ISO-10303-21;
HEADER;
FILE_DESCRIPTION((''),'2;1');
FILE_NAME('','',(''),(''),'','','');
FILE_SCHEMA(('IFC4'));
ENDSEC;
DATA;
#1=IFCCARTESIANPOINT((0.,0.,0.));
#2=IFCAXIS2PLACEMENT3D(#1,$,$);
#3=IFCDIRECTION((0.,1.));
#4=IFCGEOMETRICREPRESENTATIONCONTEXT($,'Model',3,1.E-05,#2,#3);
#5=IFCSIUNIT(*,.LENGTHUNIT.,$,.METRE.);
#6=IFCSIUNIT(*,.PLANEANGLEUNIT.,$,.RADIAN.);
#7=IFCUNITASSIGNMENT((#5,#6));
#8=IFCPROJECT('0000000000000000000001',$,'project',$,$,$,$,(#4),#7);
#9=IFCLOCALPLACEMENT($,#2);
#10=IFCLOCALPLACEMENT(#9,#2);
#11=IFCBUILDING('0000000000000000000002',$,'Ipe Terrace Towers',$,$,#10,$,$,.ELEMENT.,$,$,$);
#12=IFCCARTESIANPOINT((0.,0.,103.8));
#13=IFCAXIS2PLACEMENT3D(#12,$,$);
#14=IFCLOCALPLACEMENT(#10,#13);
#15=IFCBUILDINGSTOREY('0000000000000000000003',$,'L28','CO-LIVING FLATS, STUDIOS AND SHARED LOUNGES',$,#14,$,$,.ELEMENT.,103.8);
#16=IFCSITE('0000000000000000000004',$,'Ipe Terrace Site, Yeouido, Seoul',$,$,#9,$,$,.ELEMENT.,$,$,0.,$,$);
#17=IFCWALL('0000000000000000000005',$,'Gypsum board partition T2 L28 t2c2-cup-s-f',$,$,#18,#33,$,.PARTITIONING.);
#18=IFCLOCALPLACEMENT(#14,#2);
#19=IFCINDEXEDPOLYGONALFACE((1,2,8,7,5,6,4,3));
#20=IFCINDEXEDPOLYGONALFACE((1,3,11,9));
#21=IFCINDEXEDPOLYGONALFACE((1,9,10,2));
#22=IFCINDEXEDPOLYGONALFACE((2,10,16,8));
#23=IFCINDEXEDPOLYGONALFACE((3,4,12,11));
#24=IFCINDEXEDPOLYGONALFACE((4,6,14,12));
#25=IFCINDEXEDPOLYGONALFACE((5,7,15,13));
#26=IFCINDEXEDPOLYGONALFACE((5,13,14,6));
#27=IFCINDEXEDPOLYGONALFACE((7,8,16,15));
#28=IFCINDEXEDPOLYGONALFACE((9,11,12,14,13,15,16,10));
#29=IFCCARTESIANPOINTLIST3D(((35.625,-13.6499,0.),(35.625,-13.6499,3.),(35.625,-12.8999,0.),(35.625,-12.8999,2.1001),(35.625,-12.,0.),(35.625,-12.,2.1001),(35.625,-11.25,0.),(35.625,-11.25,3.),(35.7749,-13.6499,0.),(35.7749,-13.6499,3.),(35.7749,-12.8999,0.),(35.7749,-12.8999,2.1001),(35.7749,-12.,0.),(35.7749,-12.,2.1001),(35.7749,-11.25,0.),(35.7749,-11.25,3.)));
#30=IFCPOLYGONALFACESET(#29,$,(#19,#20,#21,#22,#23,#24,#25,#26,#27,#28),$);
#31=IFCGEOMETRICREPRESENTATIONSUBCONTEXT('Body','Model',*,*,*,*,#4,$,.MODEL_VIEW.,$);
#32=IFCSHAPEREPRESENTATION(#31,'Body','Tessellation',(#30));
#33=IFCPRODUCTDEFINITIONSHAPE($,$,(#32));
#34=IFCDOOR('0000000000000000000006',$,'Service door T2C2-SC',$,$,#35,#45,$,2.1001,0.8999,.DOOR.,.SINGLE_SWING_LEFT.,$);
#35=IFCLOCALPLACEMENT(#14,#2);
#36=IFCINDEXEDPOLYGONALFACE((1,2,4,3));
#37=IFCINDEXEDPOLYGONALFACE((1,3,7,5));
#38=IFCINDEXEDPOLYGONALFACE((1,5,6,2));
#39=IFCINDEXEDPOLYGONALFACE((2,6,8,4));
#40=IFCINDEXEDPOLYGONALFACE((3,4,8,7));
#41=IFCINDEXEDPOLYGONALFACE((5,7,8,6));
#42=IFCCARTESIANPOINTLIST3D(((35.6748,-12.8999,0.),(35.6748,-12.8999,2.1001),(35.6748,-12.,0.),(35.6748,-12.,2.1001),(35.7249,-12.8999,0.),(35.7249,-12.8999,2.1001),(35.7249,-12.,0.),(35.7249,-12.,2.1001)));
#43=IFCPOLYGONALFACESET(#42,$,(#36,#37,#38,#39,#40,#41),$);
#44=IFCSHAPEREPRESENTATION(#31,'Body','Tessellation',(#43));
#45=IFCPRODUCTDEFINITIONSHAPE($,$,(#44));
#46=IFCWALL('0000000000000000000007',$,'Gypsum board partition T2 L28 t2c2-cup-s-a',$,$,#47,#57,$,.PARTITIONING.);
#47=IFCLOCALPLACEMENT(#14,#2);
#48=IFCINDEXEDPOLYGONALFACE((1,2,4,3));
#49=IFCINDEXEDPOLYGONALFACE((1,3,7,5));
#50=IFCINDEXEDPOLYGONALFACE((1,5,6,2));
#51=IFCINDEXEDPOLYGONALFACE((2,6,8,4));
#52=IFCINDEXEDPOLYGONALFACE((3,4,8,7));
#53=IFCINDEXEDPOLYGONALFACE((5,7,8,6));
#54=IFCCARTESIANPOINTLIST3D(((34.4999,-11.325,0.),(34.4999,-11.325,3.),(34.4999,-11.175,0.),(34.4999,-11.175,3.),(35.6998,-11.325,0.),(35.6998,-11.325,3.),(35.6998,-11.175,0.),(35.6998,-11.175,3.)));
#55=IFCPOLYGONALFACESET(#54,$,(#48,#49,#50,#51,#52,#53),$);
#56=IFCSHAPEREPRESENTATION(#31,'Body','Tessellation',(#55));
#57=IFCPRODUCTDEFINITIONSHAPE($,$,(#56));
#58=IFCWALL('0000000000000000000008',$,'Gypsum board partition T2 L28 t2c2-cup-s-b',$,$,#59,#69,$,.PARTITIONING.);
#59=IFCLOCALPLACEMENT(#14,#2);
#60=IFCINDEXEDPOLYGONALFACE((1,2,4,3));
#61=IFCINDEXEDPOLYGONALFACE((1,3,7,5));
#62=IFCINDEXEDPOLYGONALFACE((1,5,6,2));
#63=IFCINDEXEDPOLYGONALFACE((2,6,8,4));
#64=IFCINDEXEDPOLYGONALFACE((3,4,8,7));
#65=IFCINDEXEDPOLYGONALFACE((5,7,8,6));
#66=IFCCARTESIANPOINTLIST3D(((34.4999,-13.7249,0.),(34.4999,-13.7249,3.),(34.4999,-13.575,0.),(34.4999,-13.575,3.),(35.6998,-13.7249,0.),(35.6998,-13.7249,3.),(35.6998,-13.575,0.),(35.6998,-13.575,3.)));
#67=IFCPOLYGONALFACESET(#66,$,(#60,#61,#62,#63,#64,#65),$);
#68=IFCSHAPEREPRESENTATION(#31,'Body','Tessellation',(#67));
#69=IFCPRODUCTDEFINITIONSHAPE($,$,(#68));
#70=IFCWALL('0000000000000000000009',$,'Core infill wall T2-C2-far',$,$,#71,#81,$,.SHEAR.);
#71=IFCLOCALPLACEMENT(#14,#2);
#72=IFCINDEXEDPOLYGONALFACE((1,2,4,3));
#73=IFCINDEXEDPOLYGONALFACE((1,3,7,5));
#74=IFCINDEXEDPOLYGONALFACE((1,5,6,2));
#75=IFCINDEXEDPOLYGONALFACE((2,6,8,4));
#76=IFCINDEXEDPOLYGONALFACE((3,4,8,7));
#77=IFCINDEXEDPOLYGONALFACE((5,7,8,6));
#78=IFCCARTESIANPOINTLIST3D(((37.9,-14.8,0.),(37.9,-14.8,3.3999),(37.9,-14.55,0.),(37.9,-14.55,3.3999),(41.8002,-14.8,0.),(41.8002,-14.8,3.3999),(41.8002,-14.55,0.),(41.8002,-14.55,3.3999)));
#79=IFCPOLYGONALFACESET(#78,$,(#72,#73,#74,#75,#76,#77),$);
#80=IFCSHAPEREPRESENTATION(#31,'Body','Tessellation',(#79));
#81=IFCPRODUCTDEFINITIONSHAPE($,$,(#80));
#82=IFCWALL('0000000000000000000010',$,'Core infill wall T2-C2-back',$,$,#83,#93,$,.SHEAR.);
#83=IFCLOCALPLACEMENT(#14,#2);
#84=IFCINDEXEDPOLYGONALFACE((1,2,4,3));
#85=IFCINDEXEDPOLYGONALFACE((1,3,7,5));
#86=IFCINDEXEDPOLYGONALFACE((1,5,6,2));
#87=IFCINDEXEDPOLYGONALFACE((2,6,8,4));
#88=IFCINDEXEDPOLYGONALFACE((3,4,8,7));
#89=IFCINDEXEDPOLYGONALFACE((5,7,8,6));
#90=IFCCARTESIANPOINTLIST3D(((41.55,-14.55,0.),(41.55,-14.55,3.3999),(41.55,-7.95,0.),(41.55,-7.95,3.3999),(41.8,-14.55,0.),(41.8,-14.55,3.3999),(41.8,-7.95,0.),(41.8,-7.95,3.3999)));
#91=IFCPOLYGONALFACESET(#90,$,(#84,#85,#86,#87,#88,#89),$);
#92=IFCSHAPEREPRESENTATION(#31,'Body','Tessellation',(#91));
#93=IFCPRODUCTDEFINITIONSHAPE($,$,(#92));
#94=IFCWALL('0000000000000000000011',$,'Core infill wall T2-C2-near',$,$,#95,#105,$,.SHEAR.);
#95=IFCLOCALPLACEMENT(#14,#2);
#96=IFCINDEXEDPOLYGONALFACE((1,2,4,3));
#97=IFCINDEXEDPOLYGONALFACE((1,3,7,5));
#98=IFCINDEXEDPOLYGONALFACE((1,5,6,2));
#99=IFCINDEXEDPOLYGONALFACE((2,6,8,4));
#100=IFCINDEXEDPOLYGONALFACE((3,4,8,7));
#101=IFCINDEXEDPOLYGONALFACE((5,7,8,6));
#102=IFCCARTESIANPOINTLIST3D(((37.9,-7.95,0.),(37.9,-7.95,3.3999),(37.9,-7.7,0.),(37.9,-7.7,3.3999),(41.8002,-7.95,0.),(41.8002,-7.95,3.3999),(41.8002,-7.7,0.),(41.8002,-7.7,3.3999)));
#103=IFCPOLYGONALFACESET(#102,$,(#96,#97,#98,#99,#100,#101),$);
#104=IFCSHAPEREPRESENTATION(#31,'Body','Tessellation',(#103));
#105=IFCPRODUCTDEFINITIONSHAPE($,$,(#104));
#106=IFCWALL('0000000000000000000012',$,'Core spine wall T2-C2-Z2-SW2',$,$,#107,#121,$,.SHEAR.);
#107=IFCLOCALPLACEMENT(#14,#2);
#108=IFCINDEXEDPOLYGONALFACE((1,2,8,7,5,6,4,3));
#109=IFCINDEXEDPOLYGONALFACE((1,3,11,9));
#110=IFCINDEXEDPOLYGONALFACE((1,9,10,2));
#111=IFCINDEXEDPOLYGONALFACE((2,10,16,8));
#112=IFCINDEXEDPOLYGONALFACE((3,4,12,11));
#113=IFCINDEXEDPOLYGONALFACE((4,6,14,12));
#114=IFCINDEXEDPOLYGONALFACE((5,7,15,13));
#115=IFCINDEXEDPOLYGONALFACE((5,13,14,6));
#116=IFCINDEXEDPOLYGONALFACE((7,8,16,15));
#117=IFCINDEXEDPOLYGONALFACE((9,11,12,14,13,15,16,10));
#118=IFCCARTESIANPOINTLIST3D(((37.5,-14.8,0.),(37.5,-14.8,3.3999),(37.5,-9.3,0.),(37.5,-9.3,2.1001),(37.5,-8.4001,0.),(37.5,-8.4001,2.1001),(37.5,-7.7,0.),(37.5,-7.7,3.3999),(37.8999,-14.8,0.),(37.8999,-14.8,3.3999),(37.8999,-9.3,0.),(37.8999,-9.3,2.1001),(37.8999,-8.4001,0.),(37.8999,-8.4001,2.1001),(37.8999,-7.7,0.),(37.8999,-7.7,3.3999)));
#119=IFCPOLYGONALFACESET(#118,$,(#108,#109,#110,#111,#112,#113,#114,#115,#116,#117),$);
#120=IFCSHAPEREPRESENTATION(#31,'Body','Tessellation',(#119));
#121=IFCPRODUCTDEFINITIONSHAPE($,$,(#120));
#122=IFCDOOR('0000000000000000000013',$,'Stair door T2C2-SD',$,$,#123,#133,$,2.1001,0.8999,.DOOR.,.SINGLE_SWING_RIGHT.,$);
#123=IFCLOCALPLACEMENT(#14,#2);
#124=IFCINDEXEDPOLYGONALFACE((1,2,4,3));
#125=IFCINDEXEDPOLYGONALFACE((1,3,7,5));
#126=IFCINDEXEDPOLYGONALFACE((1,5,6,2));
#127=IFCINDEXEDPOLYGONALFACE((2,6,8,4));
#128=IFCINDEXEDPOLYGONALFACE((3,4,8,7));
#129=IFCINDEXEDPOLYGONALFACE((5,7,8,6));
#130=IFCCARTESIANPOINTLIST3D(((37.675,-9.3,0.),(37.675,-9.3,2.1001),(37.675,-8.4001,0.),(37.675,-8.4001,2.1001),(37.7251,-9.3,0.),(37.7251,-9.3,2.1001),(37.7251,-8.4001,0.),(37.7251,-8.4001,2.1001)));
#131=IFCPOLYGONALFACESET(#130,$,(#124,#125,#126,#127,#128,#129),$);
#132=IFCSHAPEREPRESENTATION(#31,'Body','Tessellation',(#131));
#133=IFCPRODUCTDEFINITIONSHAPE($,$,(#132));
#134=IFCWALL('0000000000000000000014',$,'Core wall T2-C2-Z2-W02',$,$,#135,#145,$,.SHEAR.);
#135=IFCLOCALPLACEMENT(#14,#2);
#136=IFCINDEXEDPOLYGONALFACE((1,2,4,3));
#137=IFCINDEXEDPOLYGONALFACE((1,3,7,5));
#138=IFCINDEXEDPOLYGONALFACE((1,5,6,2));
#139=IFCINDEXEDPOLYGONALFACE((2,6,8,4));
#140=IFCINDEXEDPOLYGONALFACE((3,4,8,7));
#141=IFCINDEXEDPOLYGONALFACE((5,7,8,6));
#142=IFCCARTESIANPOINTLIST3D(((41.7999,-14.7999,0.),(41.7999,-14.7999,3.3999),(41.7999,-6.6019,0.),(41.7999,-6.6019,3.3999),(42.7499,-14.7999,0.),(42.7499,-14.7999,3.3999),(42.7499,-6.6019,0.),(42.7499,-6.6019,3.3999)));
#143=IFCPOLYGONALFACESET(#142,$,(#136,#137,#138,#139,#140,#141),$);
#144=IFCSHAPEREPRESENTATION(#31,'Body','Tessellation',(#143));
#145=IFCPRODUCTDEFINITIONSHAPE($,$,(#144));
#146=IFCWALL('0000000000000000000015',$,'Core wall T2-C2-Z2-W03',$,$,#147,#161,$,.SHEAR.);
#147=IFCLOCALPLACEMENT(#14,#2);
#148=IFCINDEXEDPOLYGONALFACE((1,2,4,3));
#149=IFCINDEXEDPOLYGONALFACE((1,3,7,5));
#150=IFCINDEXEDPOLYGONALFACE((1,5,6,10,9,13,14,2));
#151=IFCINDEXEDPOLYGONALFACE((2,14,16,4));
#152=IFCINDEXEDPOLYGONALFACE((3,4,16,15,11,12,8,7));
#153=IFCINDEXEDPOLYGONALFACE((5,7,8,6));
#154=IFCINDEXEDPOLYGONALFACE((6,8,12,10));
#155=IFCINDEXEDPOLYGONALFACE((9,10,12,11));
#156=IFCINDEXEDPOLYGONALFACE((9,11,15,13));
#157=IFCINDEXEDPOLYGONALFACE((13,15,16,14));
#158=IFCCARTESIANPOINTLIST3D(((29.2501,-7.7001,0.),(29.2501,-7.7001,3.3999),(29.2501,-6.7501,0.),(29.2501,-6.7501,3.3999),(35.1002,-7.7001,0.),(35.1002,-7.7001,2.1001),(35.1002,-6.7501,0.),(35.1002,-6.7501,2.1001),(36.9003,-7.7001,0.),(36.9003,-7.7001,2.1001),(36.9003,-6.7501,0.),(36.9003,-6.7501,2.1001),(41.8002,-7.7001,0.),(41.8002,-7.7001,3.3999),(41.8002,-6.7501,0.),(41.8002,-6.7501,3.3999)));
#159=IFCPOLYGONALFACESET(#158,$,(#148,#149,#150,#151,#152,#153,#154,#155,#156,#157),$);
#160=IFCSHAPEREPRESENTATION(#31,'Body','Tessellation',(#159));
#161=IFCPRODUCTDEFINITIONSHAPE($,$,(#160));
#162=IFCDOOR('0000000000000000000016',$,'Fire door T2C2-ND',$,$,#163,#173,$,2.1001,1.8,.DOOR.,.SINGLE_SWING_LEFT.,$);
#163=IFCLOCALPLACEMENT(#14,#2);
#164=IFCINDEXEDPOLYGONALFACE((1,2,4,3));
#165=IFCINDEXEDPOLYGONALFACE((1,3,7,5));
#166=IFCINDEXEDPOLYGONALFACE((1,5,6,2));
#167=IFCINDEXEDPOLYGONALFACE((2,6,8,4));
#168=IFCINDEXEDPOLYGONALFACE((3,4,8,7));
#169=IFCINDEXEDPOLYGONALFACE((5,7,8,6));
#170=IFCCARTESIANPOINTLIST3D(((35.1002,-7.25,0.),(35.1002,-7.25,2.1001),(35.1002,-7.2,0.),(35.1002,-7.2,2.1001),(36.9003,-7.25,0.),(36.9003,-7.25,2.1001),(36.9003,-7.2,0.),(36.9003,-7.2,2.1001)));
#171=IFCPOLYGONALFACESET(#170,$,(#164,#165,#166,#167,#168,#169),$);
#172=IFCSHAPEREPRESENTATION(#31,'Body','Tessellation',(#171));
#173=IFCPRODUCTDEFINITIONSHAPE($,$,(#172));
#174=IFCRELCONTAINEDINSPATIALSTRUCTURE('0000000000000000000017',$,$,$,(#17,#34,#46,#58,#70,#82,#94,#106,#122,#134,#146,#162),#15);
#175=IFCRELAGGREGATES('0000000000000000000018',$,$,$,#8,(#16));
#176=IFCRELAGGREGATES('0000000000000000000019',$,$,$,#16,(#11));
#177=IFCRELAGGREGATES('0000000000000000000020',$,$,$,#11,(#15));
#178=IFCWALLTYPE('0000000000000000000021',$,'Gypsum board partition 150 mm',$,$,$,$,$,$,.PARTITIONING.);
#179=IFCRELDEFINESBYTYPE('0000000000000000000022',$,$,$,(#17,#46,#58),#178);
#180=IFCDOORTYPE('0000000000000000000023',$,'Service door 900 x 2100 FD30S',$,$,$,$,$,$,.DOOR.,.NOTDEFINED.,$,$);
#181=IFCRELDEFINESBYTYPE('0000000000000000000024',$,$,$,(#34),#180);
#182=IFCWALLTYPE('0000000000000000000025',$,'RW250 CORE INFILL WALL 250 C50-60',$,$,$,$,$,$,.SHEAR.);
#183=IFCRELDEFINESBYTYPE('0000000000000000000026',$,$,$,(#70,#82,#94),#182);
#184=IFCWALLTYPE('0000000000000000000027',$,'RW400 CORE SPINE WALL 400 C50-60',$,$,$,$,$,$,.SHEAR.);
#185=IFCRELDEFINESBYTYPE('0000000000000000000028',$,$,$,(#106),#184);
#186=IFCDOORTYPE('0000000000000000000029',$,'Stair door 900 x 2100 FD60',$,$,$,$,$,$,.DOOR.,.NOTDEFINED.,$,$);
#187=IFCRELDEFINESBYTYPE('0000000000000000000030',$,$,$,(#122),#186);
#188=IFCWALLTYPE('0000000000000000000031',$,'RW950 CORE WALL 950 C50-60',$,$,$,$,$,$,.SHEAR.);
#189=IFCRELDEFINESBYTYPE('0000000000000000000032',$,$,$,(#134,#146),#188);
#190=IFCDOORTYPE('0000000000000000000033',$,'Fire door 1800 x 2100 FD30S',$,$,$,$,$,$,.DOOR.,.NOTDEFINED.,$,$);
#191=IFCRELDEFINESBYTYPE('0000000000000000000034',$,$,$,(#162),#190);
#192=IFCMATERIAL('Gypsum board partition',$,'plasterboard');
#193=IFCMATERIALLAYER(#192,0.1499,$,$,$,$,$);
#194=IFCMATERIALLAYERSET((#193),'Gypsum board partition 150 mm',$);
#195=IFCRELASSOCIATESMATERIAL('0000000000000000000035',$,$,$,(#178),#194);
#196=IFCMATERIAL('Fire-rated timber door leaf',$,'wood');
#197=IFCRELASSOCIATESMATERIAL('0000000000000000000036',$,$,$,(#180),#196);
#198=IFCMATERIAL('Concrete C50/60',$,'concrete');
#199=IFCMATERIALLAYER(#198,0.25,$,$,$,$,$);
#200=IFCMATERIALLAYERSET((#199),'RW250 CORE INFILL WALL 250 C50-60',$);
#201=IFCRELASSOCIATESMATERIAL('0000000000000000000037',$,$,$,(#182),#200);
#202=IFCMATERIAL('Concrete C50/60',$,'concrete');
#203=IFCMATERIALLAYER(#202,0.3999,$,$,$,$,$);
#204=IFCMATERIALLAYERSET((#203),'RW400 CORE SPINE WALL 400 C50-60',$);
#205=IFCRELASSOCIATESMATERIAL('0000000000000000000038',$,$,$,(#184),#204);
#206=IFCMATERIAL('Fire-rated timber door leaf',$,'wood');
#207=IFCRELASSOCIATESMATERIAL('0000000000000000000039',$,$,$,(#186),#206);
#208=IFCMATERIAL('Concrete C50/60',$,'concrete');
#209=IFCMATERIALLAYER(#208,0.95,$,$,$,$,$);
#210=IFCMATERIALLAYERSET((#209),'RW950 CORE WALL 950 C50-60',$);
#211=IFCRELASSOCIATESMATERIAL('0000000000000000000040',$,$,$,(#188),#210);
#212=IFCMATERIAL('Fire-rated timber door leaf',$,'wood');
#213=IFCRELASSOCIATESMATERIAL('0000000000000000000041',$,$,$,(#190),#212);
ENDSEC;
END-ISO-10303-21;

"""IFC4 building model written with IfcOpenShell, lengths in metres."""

from ifc_helpers import new_model, si_unit, direction, frame, frame_2d, origin, place, context, subcontext, project, spatial, rectangle, extrude, material, layer, layer_set, type_object, element, fill, save


model = new_model("IFC4")

# Units and contexts
model_context = context("Model", 3, precision=1e-05, world=origin(), true_north=direction((0.0, 1.0)))
body_context = subcontext(model_context, "Body", "Model", "MODEL_VIEW")
ifc_project = project(units=[si_unit("LENGTHUNIT", "METRE"), si_unit("PLANEANGLEUNIT", "RADIAN")], contexts=[model_context])

# Site, building, storey
site_placement = place(None, origin())
site = spatial("IfcSite", under=ifc_project, at=site_placement, Name="Ipe Terrace Site, Yeouido, Seoul", CompositionType="ELEMENT", RefElevation=0.0)
building_placement = place(site_placement, origin())
building = spatial("IfcBuilding", under=site, at=building_placement, Name="Ipe Terrace Towers", CompositionType="ELEMENT")
storey_placement = place(building_placement, frame((0.0, 0.0, 103.8)))
storey = spatial("IfcBuildingStorey", under=building, at=storey_placement, Name="L28", Description="CO-LIVING FLATS, STUDIOS AND SHARED LOUNGES", CompositionType="ELEMENT", Elevation=103.8)

# Wall, opening, door
ifc_material_1 = material(Name="Gypsum board partition", Category="plasterboard")
ifc_layer_1 = layer(ifc_material_1, 0.1499)
ifc_layer_set_1 = layer_set([ifc_layer_1], Name="Gypsum board partition 150 mm")
wall_type_1 = type_object("IfcWallType", Name="Gypsum board partition 150 mm", PredefinedType="PARTITIONING", material=ifc_layer_set_1)
wall_1_placement = place(storey_placement, frame((35.7, -11.25, 0.0), z_axis=(0.0, 0.0, 1.0), x_axis=(0.0, -1.0, 0.0)))
wall_1 = element("IfcWall", 1, at=wall_1_placement, inside=storey, type_object=wall_type_1, Name="Gypsum board partition T2 L28 t2c2-cup-s-f", PredefinedType="PARTITIONING", context=body_context, shape_type="SweptSolid", body=[
    extrude(rectangle(XDim=2.3999, YDim=0.1499, at=frame_2d((1.2, 0.0))), origin(), (0.0, 0.0, 1.0), 3.0),
])
opening_1_placement = place(wall_1_placement, frame((0.75, 0.0, 0.0)))
opening_1 = element("IfcOpeningElement", 2, at=opening_1_placement, cuts=wall_1, PredefinedType="OPENING", context=body_context, shape_type="SweptSolid", body=[
    extrude(rectangle(XDim=0.8999, YDim=2.1001, at=frame_2d((0.45, 1.05))), frame((0.0, 0.085, 0.0), z_axis=(0.0, -1.0, 0.0), x_axis=(1.0, 0.0, 0.0)), (0.0, 0.0, 1.0), 0.1699),
])
ifc_material_2 = material(Name="Fire-rated timber door leaf", Category="wood")
door_type_1 = type_object("IfcDoorType", Name="Service door 900 x 2100 FD30S", OperationType="NOTDEFINED", PredefinedType="DOOR", material=ifc_material_2)
door_1_placement = place(opening_1_placement, origin())
door_1 = element("IfcDoor", 3, at=door_1_placement, inside=storey, type_object=door_type_1, Name="Service door T2C2-SC", OperationType="SINGLE_SWING_LEFT", OverallHeight=2.1001, OverallWidth=0.8999, PredefinedType="DOOR", context=body_context, shape_type="SweptSolid", body=[
    extrude(rectangle(XDim=0.8999, YDim=2.1001, at=frame_2d((0.45, 1.05))), frame((0.0, 0.0249, 0.0), z_axis=(0.0, -1.0, 0.0), x_axis=(1.0, 0.0, 0.0)), (0.0, 0.0, 1.0), 0.05),
])
fill(opening_1, door_1)

# Walls
for number, where, z_axis, x_axis, name in (
    (4, (35.7, -11.25, 0.0), (0.0, 0.0, 1.0), (-1.0, 0.0, 0.0), "Gypsum board partition T2 L28 t2c2-cup-s-a"),
    (5, (35.7, -13.6499, 0.0), (0.0, 0.0, 1.0), (-1.0, 0.0, 0.0), "Gypsum board partition T2 L28 t2c2-cup-s-b"),
):
    element("IfcWall", number, at=place(storey_placement, frame(where, z_axis=z_axis, x_axis=x_axis)), inside=storey, type_object=wall_type_1, Name=name, PredefinedType="PARTITIONING", context=body_context, shape_type="SweptSolid", body=[
        extrude(rectangle(XDim=1.2, YDim=0.1499, at=frame_2d((0.6001, 0.0))), origin(), (0.0, 0.0, 1.0), 3.0),
    ])
ifc_material_3 = material(Name="Concrete C50/60", Category="concrete")
ifc_layer_2 = layer(ifc_material_3, 0.25)
ifc_layer_set_2 = layer_set([ifc_layer_2], Name="RW250 CORE INFILL WALL 250 C50-60")
wall_type_2 = type_object("IfcWallType", Name="RW250 CORE INFILL WALL 250 C50-60", PredefinedType="SHEAR", material=ifc_layer_set_2)
wall_2_placement = place(storey_placement, frame((37.8999, -14.675, 0.0), z_axis=(0.0, 0.0, 1.0), x_axis=(1.0, 0.0, 0.0)))
element("IfcWall", 6, at=wall_2_placement, inside=storey, type_object=wall_type_2, Name="Core infill wall T2-C2-far", PredefinedType="SHEAR", context=body_context, shape_type="SweptSolid", body=[
    extrude(rectangle(XDim=3.9001, YDim=0.25, at=frame_2d((1.9502, 0.0))), origin(), (0.0, 0.0, 1.0), 3.3999),
])
wall_3_placement = place(storey_placement, frame((41.675, -7.95, 0.0), z_axis=(0.0, 0.0, 1.0), x_axis=(0.0, -1.0, 0.0)))
element("IfcWall", 7, at=wall_3_placement, inside=storey, type_object=wall_type_2, Name="Core infill wall T2-C2-back", PredefinedType="SHEAR", context=body_context, shape_type="SweptSolid", body=[
    extrude(rectangle(XDim=6.6001, YDim=0.25, at=frame_2d((3.3, 0.0))), origin(), (0.0, 0.0, 1.0), 3.3999),
])
wall_4_placement = place(storey_placement, frame((37.8999, -7.825, 0.0), z_axis=(0.0, 0.0, 1.0), x_axis=(1.0, 0.0, 0.0)))
element("IfcWall", 8, at=wall_4_placement, inside=storey, type_object=wall_type_2, Name="Core infill wall T2-C2-near", PredefinedType="SHEAR", context=body_context, shape_type="SweptSolid", body=[
    extrude(rectangle(XDim=3.9001, YDim=0.25, at=frame_2d((1.9502, 0.0))), origin(), (0.0, 0.0, 1.0), 3.3999),
])

# Wall, opening, door
ifc_material_4 = material(Name="Concrete C50/60", Category="concrete")
ifc_layer_3 = layer(ifc_material_4, 0.3999)
ifc_layer_set_3 = layer_set([ifc_layer_3], Name="RW400 CORE SPINE WALL 400 C50-60")
wall_type_3 = type_object("IfcWallType", Name="RW400 CORE SPINE WALL 400 C50-60", PredefinedType="SHEAR", material=ifc_layer_set_3)
wall_5_placement = place(storey_placement, frame((37.7, -14.8, 0.0), z_axis=(0.0, 0.0, 1.0), x_axis=(0.0, 1.0, 0.0)))
wall_5 = element("IfcWall", 9, at=wall_5_placement, inside=storey, type_object=wall_type_3, Name="Core spine wall T2-C2-Z2-SW2", PredefinedType="SHEAR", context=body_context, shape_type="SweptSolid", body=[
    extrude(rectangle(XDim=7.1001, YDim=0.3999, at=frame_2d((3.55, 0.0))), origin(), (0.0, 0.0, 1.0), 3.3999),
])
opening_2_placement = place(wall_5_placement, frame((5.5, 0.0, 0.0)))
opening_2 = element("IfcOpeningElement", 10, at=opening_2_placement, cuts=wall_5, PredefinedType="OPENING", context=body_context, shape_type="SweptSolid", body=[
    extrude(rectangle(XDim=0.8999, YDim=2.1001, at=frame_2d((0.45, 1.05))), frame((0.0, 0.21, 0.0), z_axis=(0.0, -1.0, 0.0), x_axis=(1.0, 0.0, 0.0)), (0.0, 0.0, 1.0), 0.4199),
])
ifc_material_5 = material(Name="Fire-rated timber door leaf", Category="wood")
door_type_2 = type_object("IfcDoorType", Name="Stair door 900 x 2100 FD60", OperationType="NOTDEFINED", PredefinedType="DOOR", material=ifc_material_5)
door_2_placement = place(opening_2_placement, origin())
door_2 = element("IfcDoor", 11, at=door_2_placement, inside=storey, type_object=door_type_2, Name="Stair door T2C2-SD", OperationType="SINGLE_SWING_RIGHT", OverallHeight=2.1001, OverallWidth=0.8999, PredefinedType="DOOR", context=body_context, shape_type="SweptSolid", body=[
    extrude(rectangle(XDim=0.8999, YDim=2.1001, at=frame_2d((0.45, 1.05))), frame((0.0, 0.0249, 0.0), z_axis=(0.0, -1.0, 0.0), x_axis=(1.0, 0.0, 0.0)), (0.0, 0.0, 1.0), 0.05),
])
fill(opening_2, door_2)

# Wall
ifc_material_6 = material(Name="Concrete C50/60", Category="concrete")
ifc_layer_4 = layer(ifc_material_6, 0.95)
ifc_layer_set_4 = layer_set([ifc_layer_4], Name="RW950 CORE WALL 950 C50-60")
wall_type_4 = type_object("IfcWallType", Name="RW950 CORE WALL 950 C50-60", PredefinedType="SHEAR", material=ifc_layer_set_4)
wall_6_placement = place(storey_placement, frame((42.2749, -14.8, 0.0), z_axis=(0.0, 0.0, 1.0), x_axis=(0.0, 1.0, 0.0)))
element("IfcWall", 12, at=wall_6_placement, inside=storey, type_object=wall_type_4, Name="Core wall T2-C2-Z2-W02", PredefinedType="SHEAR", context=body_context, shape_type="SweptSolid", body=[
    extrude(rectangle(XDim=8.198, YDim=0.95, at=frame_2d((4.0991, 0.0))), origin(), (0.0, 0.0, 1.0), 3.3999),
])

# Wall, opening, door
wall_7_placement = place(storey_placement, frame((41.8, -7.2251, 0.0), z_axis=(0.0, 0.0, 1.0), x_axis=(-1.0, 0.0, 0.0)))
wall_7 = element("IfcWall", 13, at=wall_7_placement, inside=storey, type_object=wall_type_4, Name="Core wall T2-C2-Z2-W03", PredefinedType="SHEAR", context=body_context, shape_type="SweptSolid", body=[
    extrude(rectangle(XDim=12.55, YDim=0.95, at=frame_2d((6.2749, 0.0))), origin(), (0.0, 0.0, 1.0), 3.3999),
])
opening_3_placement = place(wall_7_placement, frame((4.8999, 0.0, 0.0)))
opening_3 = element("IfcOpeningElement", 14, at=opening_3_placement, cuts=wall_7, PredefinedType="OPENING", context=body_context, shape_type="SweptSolid", body=[
    extrude(rectangle(XDim=1.8, YDim=2.1001, at=frame_2d((0.8999, 1.05))), frame((0.0, 0.4849, 0.0), z_axis=(0.0, -1.0, 0.0), x_axis=(1.0, 0.0, 0.0)), (0.0, 0.0, 1.0), 0.97),
])
ifc_material_7 = material(Name="Fire-rated timber door leaf", Category="wood")
door_type_3 = type_object("IfcDoorType", Name="Fire door 1800 x 2100 FD30S", OperationType="NOTDEFINED", PredefinedType="DOOR", material=ifc_material_7)
door_3_placement = place(opening_3_placement, origin())
door_3 = element("IfcDoor", 15, at=door_3_placement, inside=storey, type_object=door_type_3, Name="Fire door T2C2-ND", OperationType="SINGLE_SWING_LEFT", OverallHeight=2.1001, OverallWidth=1.8, PredefinedType="DOOR", context=body_context, shape_type="SweptSolid", body=[
    extrude(rectangle(XDim=1.8, YDim=2.1001, at=frame_2d((0.8999, 1.05))), frame((0.0, 0.0249, 0.0), z_axis=(0.0, -1.0, 0.0), x_axis=(1.0, 0.0, 0.0)), (0.0, 0.0, 1.0), 0.05),
])
fill(opening_3, door_3)

save(model, "model.ifc")
